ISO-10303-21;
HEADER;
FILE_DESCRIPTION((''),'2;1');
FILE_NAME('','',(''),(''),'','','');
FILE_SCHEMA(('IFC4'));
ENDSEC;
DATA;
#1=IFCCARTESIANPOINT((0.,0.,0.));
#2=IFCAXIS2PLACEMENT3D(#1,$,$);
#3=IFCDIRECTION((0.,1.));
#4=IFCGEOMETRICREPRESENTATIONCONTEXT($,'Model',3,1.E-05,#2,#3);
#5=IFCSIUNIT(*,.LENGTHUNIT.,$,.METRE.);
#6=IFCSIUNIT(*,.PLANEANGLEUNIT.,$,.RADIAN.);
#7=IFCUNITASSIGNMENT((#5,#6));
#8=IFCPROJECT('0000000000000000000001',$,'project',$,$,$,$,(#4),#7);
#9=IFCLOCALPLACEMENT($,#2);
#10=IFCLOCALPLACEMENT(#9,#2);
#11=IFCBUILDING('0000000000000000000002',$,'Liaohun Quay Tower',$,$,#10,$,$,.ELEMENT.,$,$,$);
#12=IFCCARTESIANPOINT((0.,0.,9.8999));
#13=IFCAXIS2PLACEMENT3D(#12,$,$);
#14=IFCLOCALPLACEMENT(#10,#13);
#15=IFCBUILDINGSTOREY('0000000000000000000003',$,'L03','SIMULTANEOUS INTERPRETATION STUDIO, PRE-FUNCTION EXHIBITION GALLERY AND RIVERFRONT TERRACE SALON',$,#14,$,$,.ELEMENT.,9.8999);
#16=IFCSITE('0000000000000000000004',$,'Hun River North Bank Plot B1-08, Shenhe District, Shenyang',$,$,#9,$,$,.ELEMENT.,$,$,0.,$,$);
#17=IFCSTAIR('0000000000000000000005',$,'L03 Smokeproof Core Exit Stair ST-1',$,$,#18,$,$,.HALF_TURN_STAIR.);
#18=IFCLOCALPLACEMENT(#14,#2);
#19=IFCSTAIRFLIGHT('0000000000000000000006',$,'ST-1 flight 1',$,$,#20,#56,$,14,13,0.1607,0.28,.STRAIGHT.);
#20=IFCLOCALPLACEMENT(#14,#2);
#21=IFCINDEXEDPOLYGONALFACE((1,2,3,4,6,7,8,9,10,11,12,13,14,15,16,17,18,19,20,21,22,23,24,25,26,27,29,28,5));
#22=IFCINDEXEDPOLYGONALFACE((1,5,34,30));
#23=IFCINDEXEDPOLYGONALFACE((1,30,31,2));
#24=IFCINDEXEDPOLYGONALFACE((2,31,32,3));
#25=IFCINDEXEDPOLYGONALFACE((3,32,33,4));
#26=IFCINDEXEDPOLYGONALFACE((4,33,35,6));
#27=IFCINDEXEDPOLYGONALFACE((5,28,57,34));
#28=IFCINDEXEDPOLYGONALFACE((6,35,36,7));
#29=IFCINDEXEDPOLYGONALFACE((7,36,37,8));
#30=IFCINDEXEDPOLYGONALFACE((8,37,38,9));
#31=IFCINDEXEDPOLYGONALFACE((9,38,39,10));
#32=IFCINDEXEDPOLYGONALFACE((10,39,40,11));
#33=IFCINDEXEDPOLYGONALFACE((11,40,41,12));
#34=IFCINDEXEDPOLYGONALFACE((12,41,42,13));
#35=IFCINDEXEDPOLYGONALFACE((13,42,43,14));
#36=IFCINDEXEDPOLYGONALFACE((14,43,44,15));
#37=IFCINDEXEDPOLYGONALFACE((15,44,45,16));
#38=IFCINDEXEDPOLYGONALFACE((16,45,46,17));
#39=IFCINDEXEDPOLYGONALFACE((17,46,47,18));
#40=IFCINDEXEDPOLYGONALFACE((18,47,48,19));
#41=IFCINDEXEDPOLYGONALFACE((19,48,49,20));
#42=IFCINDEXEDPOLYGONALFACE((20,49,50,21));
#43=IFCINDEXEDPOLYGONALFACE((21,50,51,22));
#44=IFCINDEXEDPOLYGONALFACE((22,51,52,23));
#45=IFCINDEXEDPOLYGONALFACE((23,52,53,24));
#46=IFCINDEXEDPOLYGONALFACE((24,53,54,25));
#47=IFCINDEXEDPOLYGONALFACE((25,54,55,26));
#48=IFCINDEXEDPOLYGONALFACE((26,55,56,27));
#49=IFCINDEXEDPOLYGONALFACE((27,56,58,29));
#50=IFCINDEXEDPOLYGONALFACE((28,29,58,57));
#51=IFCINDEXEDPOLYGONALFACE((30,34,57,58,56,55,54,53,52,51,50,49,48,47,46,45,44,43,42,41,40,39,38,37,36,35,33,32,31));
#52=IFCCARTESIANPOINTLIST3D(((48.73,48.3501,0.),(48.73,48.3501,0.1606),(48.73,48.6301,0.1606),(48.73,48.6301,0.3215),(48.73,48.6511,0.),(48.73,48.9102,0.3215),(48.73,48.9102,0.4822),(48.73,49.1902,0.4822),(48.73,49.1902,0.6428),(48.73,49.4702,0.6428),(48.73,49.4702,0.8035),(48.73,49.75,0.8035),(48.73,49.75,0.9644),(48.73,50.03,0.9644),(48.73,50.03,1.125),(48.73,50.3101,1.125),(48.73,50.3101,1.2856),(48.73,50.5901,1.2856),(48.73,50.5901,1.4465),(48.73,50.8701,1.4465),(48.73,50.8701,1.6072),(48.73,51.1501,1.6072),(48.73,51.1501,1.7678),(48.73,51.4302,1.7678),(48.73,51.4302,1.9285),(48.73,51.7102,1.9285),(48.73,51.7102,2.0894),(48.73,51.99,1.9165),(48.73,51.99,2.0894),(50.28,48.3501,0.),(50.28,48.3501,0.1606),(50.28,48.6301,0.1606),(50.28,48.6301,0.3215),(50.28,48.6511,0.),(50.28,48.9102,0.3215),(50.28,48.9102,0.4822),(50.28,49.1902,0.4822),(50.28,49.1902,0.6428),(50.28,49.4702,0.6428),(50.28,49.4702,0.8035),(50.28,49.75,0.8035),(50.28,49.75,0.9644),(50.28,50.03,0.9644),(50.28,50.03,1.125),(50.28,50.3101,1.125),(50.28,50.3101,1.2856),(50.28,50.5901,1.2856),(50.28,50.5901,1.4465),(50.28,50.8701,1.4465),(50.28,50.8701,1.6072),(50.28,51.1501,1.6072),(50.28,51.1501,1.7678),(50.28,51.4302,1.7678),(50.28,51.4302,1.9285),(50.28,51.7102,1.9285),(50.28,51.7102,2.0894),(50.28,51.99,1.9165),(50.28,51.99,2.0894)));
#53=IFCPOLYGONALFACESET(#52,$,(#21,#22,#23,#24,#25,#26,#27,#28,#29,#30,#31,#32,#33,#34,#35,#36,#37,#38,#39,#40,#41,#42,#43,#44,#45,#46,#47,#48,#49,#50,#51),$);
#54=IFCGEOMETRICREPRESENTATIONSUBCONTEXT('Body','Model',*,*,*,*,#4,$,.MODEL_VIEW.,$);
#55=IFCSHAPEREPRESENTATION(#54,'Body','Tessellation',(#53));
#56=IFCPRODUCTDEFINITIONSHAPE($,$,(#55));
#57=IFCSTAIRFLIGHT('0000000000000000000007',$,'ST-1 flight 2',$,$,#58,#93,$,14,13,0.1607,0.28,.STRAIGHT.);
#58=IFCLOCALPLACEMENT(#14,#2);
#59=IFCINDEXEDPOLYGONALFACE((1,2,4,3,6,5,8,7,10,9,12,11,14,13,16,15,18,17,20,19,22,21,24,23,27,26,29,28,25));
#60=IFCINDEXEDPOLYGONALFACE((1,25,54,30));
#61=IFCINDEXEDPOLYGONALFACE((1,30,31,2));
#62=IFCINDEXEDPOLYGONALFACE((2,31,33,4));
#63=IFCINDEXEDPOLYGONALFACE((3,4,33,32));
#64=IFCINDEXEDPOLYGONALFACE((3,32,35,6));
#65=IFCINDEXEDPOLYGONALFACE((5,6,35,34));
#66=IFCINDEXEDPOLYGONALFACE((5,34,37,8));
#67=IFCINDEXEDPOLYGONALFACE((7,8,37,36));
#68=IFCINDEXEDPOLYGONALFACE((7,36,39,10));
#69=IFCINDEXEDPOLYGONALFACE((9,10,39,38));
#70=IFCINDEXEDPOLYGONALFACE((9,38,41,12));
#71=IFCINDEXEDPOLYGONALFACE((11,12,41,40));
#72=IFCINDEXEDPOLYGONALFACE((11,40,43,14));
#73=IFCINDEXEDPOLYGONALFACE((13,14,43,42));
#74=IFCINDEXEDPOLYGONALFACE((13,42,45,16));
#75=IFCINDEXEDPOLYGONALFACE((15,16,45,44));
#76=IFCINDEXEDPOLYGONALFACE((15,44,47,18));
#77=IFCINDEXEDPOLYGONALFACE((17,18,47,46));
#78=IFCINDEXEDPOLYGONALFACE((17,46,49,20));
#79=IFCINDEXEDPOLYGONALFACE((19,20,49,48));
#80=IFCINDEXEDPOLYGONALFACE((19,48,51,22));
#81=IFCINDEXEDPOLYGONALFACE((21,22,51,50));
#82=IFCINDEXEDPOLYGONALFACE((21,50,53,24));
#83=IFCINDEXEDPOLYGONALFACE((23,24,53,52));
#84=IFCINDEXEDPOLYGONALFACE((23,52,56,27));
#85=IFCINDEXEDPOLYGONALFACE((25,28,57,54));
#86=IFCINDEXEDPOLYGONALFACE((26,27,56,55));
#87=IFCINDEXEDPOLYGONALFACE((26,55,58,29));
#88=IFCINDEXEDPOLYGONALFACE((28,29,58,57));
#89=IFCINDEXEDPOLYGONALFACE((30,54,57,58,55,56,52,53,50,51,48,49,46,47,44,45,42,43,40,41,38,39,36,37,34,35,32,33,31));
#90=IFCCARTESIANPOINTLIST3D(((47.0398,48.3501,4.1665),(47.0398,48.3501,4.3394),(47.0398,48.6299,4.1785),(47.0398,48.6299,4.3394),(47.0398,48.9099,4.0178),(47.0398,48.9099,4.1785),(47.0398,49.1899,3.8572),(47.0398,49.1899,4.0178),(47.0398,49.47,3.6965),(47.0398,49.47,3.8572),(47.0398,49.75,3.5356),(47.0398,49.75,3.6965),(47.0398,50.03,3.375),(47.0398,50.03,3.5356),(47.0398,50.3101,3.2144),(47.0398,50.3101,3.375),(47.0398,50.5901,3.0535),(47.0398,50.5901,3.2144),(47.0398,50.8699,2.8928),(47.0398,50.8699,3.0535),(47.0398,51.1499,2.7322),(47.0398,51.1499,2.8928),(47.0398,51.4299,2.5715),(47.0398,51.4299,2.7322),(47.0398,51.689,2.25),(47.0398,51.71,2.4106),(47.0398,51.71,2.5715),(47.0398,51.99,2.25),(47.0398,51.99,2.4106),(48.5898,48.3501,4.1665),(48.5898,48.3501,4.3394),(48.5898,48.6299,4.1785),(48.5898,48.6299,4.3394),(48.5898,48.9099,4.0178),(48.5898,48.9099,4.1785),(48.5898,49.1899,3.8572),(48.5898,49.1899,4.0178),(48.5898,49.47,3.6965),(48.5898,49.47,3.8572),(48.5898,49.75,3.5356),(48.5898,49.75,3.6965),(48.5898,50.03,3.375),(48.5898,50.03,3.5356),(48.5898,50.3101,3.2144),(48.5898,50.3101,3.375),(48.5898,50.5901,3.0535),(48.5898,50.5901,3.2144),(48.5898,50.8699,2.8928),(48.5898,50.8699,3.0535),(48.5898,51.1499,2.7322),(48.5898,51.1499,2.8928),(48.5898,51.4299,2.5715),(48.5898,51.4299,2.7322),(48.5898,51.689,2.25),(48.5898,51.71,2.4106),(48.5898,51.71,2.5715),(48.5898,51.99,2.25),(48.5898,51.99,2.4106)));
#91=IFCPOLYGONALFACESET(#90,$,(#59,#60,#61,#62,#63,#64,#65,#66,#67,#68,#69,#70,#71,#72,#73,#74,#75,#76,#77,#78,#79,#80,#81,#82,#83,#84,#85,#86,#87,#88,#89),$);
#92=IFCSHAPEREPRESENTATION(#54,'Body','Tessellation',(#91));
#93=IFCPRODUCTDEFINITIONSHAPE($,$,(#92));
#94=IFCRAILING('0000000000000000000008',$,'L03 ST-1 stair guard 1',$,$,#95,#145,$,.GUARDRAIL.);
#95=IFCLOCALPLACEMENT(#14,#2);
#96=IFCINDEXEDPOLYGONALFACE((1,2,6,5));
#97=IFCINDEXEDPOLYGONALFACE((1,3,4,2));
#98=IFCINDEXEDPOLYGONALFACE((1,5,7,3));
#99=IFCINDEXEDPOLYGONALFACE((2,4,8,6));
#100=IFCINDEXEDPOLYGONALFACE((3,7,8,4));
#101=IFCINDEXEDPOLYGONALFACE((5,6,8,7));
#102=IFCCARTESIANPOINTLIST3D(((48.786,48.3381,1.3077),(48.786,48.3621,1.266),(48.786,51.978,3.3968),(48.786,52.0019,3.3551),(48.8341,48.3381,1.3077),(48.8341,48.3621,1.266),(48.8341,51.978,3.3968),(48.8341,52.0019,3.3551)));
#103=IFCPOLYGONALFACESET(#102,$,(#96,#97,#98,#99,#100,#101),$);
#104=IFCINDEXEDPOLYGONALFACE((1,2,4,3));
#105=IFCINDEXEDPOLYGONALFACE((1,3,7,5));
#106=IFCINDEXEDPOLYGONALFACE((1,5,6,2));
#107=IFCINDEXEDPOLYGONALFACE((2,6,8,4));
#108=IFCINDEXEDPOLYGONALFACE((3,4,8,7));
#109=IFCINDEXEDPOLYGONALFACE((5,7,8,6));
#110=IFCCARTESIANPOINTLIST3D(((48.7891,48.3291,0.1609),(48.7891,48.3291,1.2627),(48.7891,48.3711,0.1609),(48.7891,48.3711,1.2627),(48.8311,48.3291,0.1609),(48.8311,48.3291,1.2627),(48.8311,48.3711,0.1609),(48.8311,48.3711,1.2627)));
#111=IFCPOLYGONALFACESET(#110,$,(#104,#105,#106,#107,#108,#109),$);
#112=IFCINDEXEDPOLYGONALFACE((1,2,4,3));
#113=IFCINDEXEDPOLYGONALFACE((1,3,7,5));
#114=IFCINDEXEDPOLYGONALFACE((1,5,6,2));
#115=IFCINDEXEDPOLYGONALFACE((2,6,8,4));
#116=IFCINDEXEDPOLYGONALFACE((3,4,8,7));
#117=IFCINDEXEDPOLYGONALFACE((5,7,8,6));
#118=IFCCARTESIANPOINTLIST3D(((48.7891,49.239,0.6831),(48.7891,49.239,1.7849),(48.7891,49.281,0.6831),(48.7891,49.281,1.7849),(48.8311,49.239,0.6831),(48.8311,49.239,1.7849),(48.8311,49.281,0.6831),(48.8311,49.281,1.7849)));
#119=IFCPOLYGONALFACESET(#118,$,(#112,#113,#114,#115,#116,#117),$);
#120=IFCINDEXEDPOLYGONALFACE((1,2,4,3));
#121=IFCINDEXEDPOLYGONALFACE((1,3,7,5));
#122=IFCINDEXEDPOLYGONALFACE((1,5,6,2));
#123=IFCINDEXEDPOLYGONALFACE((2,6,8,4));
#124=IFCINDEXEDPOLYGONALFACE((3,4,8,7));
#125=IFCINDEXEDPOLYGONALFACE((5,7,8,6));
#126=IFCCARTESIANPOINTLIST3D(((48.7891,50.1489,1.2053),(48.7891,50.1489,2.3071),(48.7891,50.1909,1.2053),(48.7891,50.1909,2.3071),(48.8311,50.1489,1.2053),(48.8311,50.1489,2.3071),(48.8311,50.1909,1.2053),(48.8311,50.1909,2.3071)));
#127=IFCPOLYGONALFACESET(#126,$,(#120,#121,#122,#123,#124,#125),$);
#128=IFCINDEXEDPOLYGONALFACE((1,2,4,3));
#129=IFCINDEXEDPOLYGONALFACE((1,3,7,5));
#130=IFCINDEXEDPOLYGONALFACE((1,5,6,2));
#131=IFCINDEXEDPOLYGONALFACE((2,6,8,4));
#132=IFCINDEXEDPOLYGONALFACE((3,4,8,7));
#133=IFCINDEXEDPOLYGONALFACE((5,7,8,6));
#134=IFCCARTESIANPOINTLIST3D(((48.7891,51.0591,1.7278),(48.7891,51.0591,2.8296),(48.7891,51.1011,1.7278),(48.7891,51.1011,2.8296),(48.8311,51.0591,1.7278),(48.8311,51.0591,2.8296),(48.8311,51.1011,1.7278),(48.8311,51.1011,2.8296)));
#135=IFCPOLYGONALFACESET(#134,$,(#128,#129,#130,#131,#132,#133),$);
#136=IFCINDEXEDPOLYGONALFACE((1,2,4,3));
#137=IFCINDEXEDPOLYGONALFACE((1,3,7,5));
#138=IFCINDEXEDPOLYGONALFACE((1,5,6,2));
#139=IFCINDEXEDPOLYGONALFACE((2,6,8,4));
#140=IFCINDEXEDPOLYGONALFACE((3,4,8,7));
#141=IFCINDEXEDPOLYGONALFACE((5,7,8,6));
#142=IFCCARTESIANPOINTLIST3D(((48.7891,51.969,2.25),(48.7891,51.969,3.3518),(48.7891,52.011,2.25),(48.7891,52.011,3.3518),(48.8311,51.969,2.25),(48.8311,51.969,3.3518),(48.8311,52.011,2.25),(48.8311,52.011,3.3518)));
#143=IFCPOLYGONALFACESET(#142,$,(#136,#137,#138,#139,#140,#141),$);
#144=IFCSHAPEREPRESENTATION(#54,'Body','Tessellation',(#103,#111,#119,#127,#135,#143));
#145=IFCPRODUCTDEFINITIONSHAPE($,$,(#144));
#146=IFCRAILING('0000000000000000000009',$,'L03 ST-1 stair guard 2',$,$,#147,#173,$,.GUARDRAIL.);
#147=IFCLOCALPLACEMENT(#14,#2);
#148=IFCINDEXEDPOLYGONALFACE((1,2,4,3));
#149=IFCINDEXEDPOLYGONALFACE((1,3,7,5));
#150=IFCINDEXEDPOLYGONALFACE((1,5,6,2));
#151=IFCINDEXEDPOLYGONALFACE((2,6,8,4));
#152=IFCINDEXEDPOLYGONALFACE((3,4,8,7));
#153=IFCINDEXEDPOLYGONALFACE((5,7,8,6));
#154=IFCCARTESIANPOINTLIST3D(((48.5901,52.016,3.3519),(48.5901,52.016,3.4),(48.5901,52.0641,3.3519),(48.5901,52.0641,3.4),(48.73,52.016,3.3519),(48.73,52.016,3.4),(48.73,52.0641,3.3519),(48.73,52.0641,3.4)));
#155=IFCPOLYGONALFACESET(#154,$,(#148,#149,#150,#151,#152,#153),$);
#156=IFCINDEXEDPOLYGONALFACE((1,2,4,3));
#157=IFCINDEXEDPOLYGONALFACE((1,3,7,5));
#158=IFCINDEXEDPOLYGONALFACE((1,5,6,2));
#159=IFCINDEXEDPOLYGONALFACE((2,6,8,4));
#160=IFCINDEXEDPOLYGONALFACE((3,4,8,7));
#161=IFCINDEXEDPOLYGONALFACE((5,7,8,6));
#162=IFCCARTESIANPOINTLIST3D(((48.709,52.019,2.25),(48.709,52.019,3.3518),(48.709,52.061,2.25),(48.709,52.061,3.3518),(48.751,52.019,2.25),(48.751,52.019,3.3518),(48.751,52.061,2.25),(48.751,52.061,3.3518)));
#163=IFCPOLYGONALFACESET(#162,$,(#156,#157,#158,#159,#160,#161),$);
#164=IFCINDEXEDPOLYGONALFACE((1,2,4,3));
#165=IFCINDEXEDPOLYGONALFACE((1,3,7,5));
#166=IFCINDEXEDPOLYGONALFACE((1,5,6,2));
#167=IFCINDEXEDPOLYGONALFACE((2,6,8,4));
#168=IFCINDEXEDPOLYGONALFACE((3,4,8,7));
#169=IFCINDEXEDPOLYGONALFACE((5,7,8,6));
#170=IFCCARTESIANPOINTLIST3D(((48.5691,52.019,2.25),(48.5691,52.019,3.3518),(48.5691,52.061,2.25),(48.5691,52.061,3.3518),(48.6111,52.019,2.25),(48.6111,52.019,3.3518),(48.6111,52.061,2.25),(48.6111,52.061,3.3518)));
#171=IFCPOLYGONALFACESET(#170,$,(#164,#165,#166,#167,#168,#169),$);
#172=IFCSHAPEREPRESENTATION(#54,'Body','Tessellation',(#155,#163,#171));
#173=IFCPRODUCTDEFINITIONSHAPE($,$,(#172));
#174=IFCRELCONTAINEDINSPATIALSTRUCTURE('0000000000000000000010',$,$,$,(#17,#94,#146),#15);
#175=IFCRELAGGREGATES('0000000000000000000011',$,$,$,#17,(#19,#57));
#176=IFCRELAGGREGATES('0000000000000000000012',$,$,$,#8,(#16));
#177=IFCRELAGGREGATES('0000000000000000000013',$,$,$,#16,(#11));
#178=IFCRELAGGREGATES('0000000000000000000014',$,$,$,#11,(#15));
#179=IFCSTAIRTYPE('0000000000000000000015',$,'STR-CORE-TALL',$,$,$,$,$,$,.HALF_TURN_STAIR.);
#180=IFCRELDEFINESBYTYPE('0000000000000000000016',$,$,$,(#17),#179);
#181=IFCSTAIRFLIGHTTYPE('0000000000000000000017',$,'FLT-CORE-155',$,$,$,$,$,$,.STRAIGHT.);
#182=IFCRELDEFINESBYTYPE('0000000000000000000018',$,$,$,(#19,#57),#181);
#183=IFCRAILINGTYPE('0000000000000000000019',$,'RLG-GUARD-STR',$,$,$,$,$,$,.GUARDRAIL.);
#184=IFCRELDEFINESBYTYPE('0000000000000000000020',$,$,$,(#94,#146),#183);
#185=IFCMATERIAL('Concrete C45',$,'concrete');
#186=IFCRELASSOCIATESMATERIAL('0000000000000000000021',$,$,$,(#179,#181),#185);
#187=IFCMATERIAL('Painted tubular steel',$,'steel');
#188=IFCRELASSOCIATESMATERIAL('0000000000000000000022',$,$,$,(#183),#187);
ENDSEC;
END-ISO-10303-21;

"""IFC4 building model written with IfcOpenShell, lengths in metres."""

from ifc_helpers import new_model, si_unit, direction, frame, origin, origin_2d, place, context, subcontext, project, spatial, polyline, rectangle, outline, extrude, material, type_object, element, aggregate, save


model = new_model("IFC4")

# Units and contexts
model_context = context("Model", 3, precision=1e-05, world=origin(), true_north=direction((0.0, 1.0)))
body_context = subcontext(model_context, "Body", "Model", "MODEL_VIEW")
ifc_project = project(units=[si_unit("LENGTHUNIT", "METRE"), si_unit("PLANEANGLEUNIT", "RADIAN")], contexts=[model_context])

# Site, building, storey
site_placement = place(None, origin())
site = spatial("IfcSite", under=ifc_project, at=site_placement, Name="Hun River North Bank Plot B1-08, Shenhe District, Shenyang", CompositionType="ELEMENT", RefElevation=0.0)
building_placement = place(site_placement, origin())
building = spatial("IfcBuilding", under=site, at=building_placement, Name="Liaohun Quay Tower", CompositionType="ELEMENT")
storey_placement = place(building_placement, frame((0.0, 0.0, 9.8999)))
storey = spatial("IfcBuildingStorey", under=building, at=storey_placement, Name="L03", Description="SIMULTANEOUS INTERPRETATION STUDIO, PRE-FUNCTION EXHIBITION GALLERY AND RIVERFRONT TERRACE SALON", CompositionType="ELEMENT", Elevation=9.8999)

# Stair, stair flights
ifc_material_1 = material(Name="Concrete C45", Category="concrete")
stair_type = type_object("IfcStairType", Name="STR-CORE-TALL", PredefinedType="HALF_TURN_STAIR", material=ifc_material_1)
stair_placement = place(storey_placement, origin())
stair = element("IfcStair", 1, at=stair_placement, inside=storey, type_object=stair_type, Name="L03 Smokeproof Core Exit Stair ST-1", PredefinedType="HALF_TURN_STAIR")
stair_flight_type = type_object("IfcStairFlightType", Name="FLT-CORE-155", PredefinedType="STRAIGHT", material=ifc_material_1)
stair_flight_1_placement = place(storey_placement, frame((49.5049, 48.3501, 0.0), z_axis=(0.0, 0.0, 1.0), x_axis=(0.0, 1.0, 0.0)))
stair_flight_1 = element("IfcStairFlight", 2, at=stair_flight_1_placement, type_object=stair_flight_type, Name="ST-1 flight 1", NumberOfRisers=14, NumberOfTreads=13, PredefinedType="STRAIGHT", RiserHeight=0.1607, TreadLength=0.28, context=body_context, shape_type="SweptSolid", body=[
    extrude(outline(polyline([(0.0, 0.0), (0.0, 0.1606), (0.28, 0.1606), (0.28, 0.3215), (0.5601, 0.3215), (0.5601, 0.4822), (0.8401, 0.4822), (0.8401, 0.6428), (1.1201, 0.6428), (1.1201, 0.8035), (1.3999, 0.8035), (1.3999, 0.9644), (1.6799, 0.9644), (1.6799, 1.125), (1.96, 1.125), (1.96, 1.2856), (2.24, 1.2856), (2.24, 1.4465), (2.52, 1.4465), (2.52, 1.6072), (2.8, 1.6072), (2.8, 1.7678), (3.0801, 1.7678), (3.0801, 1.9285), (3.3601, 1.9285), (3.3601, 2.0894), (3.6399, 2.0894), (3.6399, 2.25), (3.6399, 1.9165), (0.301, 0.0), (0.0, 0.0)])), frame((0.0, 0.7749, 0.0), z_axis=(0.0, -1.0, 0.0), x_axis=(1.0, 0.0, 0.0)), (0.0, 0.0, 1.0), 1.55),
])
stair_flight_2_placement = place(storey_placement, frame((47.8149, 51.99, 2.25), z_axis=(0.0, 0.0, 1.0), x_axis=(0.0, -1.0, 0.0)))
stair_flight_2 = element("IfcStairFlight", 3, at=stair_flight_2_placement, type_object=stair_flight_type, Name="ST-1 flight 2", NumberOfRisers=14, NumberOfTreads=13, PredefinedType="STRAIGHT", RiserHeight=0.1607, TreadLength=0.28, context=body_context, shape_type="SweptSolid", body=[
    extrude(outline(polyline([(0.0, 0.0), (0.0, 0.1606), (0.28, 0.1606), (0.28, 0.3215), (0.5601, 0.3215), (0.5601, 0.4822), (0.8401, 0.4822), (0.8401, 0.6428), (1.1201, 0.6428), (1.1201, 0.8035), (1.3999, 0.8035), (1.3999, 0.9644), (1.6799, 0.9644), (1.6799, 1.125), (1.96, 1.125), (1.96, 1.2856), (2.24, 1.2856), (2.24, 1.4465), (2.52, 1.4465), (2.52, 1.6072), (2.8, 1.6072), (2.8, 1.7678), (3.0801, 1.7678), (3.0801, 1.9285), (3.3601, 1.9285), (3.3601, 2.0894), (3.6399, 2.0894), (3.6399, 2.25), (3.6399, 1.9165), (0.301, 0.0), (0.0, 0.0)])), frame((0.0, 0.7749, 0.0), z_axis=(0.0, -1.0, 0.0), x_axis=(1.0, 0.0, 0.0)), (0.0, 0.0, 1.0), 1.55),
])
aggregate(stair, [stair_flight_1, stair_flight_2])

# Railings
ifc_material_2 = material(Name="Painted tubular steel", Category="steel")
railing_type_1 = type_object("IfcRailingType", Name="RLG-GUARD-STR", PredefinedType="GUARDRAIL", material=ifc_material_2)
railing_1_placement = place(storey_placement, frame((48.8101, 48.3501, 0.1609)))
element("IfcRailing", 4, at=railing_1_placement, inside=storey, type_object=railing_type_1, Name="L03 ST-1 stair guard 1", PredefinedType="GUARDRAIL", context=body_context, shape_type="SweptSolid", body=[
    extrude(rectangle(XDim=0.0481, YDim=0.0481, at=origin_2d()), frame((0.0, 0.0, 1.126), z_axis=(0.0, 0.8673, 0.497786), x_axis=(-1.0, 0.0, 0.0)), (0.0, 0.0, 1.0), 4.1968),
    extrude(rectangle(XDim=0.042, YDim=0.042, at=origin_2d()), origin(), (0.0, 0.0, 1.0), 1.1018),
    extrude(rectangle(XDim=0.042, YDim=0.042, at=origin_2d()), frame((0.0, 0.9099, 0.5222)), (0.0, 0.0, 1.0), 1.1018),
    extrude(rectangle(XDim=0.042, YDim=0.042, at=origin_2d()), frame((0.0, 1.8198, 1.0444)), (0.0, 0.0, 1.0), 1.1018),
    extrude(rectangle(XDim=0.042, YDim=0.042, at=origin_2d()), frame((0.0, 2.73, 1.5669)), (0.0, 0.0, 1.0), 1.1018),
    extrude(rectangle(XDim=0.042, YDim=0.042, at=origin_2d()), frame((0.0, 3.6399, 2.0891)), (0.0, 0.0, 1.0), 1.1018),
])
railing_2_placement = place(storey_placement, frame((48.73, 52.04, 2.25)))
element("IfcRailing", 5, at=railing_2_placement, inside=storey, type_object=railing_type_1, Name="L03 ST-1 stair guard 2", PredefinedType="GUARDRAIL", context=body_context, shape_type="SweptSolid", body=[
    extrude(rectangle(XDim=0.0481, YDim=0.0481, at=origin_2d()), frame((0.0, 0.0, 1.126), z_axis=(-1.0, 0.0, 0.0), x_axis=(0.0, -1.0, 0.0)), (0.0, 0.0, 1.0), 0.1399),
    extrude(rectangle(XDim=0.042, YDim=0.042, at=origin_2d()), origin(), (0.0, 0.0, 1.0), 1.1018),
    extrude(rectangle(XDim=0.042, YDim=0.042, at=origin_2d()), frame((-0.1399, 0.0, 0.0)), (0.0, 0.0, 1.0), 1.1018),
])

save(model, "model.ifc")
